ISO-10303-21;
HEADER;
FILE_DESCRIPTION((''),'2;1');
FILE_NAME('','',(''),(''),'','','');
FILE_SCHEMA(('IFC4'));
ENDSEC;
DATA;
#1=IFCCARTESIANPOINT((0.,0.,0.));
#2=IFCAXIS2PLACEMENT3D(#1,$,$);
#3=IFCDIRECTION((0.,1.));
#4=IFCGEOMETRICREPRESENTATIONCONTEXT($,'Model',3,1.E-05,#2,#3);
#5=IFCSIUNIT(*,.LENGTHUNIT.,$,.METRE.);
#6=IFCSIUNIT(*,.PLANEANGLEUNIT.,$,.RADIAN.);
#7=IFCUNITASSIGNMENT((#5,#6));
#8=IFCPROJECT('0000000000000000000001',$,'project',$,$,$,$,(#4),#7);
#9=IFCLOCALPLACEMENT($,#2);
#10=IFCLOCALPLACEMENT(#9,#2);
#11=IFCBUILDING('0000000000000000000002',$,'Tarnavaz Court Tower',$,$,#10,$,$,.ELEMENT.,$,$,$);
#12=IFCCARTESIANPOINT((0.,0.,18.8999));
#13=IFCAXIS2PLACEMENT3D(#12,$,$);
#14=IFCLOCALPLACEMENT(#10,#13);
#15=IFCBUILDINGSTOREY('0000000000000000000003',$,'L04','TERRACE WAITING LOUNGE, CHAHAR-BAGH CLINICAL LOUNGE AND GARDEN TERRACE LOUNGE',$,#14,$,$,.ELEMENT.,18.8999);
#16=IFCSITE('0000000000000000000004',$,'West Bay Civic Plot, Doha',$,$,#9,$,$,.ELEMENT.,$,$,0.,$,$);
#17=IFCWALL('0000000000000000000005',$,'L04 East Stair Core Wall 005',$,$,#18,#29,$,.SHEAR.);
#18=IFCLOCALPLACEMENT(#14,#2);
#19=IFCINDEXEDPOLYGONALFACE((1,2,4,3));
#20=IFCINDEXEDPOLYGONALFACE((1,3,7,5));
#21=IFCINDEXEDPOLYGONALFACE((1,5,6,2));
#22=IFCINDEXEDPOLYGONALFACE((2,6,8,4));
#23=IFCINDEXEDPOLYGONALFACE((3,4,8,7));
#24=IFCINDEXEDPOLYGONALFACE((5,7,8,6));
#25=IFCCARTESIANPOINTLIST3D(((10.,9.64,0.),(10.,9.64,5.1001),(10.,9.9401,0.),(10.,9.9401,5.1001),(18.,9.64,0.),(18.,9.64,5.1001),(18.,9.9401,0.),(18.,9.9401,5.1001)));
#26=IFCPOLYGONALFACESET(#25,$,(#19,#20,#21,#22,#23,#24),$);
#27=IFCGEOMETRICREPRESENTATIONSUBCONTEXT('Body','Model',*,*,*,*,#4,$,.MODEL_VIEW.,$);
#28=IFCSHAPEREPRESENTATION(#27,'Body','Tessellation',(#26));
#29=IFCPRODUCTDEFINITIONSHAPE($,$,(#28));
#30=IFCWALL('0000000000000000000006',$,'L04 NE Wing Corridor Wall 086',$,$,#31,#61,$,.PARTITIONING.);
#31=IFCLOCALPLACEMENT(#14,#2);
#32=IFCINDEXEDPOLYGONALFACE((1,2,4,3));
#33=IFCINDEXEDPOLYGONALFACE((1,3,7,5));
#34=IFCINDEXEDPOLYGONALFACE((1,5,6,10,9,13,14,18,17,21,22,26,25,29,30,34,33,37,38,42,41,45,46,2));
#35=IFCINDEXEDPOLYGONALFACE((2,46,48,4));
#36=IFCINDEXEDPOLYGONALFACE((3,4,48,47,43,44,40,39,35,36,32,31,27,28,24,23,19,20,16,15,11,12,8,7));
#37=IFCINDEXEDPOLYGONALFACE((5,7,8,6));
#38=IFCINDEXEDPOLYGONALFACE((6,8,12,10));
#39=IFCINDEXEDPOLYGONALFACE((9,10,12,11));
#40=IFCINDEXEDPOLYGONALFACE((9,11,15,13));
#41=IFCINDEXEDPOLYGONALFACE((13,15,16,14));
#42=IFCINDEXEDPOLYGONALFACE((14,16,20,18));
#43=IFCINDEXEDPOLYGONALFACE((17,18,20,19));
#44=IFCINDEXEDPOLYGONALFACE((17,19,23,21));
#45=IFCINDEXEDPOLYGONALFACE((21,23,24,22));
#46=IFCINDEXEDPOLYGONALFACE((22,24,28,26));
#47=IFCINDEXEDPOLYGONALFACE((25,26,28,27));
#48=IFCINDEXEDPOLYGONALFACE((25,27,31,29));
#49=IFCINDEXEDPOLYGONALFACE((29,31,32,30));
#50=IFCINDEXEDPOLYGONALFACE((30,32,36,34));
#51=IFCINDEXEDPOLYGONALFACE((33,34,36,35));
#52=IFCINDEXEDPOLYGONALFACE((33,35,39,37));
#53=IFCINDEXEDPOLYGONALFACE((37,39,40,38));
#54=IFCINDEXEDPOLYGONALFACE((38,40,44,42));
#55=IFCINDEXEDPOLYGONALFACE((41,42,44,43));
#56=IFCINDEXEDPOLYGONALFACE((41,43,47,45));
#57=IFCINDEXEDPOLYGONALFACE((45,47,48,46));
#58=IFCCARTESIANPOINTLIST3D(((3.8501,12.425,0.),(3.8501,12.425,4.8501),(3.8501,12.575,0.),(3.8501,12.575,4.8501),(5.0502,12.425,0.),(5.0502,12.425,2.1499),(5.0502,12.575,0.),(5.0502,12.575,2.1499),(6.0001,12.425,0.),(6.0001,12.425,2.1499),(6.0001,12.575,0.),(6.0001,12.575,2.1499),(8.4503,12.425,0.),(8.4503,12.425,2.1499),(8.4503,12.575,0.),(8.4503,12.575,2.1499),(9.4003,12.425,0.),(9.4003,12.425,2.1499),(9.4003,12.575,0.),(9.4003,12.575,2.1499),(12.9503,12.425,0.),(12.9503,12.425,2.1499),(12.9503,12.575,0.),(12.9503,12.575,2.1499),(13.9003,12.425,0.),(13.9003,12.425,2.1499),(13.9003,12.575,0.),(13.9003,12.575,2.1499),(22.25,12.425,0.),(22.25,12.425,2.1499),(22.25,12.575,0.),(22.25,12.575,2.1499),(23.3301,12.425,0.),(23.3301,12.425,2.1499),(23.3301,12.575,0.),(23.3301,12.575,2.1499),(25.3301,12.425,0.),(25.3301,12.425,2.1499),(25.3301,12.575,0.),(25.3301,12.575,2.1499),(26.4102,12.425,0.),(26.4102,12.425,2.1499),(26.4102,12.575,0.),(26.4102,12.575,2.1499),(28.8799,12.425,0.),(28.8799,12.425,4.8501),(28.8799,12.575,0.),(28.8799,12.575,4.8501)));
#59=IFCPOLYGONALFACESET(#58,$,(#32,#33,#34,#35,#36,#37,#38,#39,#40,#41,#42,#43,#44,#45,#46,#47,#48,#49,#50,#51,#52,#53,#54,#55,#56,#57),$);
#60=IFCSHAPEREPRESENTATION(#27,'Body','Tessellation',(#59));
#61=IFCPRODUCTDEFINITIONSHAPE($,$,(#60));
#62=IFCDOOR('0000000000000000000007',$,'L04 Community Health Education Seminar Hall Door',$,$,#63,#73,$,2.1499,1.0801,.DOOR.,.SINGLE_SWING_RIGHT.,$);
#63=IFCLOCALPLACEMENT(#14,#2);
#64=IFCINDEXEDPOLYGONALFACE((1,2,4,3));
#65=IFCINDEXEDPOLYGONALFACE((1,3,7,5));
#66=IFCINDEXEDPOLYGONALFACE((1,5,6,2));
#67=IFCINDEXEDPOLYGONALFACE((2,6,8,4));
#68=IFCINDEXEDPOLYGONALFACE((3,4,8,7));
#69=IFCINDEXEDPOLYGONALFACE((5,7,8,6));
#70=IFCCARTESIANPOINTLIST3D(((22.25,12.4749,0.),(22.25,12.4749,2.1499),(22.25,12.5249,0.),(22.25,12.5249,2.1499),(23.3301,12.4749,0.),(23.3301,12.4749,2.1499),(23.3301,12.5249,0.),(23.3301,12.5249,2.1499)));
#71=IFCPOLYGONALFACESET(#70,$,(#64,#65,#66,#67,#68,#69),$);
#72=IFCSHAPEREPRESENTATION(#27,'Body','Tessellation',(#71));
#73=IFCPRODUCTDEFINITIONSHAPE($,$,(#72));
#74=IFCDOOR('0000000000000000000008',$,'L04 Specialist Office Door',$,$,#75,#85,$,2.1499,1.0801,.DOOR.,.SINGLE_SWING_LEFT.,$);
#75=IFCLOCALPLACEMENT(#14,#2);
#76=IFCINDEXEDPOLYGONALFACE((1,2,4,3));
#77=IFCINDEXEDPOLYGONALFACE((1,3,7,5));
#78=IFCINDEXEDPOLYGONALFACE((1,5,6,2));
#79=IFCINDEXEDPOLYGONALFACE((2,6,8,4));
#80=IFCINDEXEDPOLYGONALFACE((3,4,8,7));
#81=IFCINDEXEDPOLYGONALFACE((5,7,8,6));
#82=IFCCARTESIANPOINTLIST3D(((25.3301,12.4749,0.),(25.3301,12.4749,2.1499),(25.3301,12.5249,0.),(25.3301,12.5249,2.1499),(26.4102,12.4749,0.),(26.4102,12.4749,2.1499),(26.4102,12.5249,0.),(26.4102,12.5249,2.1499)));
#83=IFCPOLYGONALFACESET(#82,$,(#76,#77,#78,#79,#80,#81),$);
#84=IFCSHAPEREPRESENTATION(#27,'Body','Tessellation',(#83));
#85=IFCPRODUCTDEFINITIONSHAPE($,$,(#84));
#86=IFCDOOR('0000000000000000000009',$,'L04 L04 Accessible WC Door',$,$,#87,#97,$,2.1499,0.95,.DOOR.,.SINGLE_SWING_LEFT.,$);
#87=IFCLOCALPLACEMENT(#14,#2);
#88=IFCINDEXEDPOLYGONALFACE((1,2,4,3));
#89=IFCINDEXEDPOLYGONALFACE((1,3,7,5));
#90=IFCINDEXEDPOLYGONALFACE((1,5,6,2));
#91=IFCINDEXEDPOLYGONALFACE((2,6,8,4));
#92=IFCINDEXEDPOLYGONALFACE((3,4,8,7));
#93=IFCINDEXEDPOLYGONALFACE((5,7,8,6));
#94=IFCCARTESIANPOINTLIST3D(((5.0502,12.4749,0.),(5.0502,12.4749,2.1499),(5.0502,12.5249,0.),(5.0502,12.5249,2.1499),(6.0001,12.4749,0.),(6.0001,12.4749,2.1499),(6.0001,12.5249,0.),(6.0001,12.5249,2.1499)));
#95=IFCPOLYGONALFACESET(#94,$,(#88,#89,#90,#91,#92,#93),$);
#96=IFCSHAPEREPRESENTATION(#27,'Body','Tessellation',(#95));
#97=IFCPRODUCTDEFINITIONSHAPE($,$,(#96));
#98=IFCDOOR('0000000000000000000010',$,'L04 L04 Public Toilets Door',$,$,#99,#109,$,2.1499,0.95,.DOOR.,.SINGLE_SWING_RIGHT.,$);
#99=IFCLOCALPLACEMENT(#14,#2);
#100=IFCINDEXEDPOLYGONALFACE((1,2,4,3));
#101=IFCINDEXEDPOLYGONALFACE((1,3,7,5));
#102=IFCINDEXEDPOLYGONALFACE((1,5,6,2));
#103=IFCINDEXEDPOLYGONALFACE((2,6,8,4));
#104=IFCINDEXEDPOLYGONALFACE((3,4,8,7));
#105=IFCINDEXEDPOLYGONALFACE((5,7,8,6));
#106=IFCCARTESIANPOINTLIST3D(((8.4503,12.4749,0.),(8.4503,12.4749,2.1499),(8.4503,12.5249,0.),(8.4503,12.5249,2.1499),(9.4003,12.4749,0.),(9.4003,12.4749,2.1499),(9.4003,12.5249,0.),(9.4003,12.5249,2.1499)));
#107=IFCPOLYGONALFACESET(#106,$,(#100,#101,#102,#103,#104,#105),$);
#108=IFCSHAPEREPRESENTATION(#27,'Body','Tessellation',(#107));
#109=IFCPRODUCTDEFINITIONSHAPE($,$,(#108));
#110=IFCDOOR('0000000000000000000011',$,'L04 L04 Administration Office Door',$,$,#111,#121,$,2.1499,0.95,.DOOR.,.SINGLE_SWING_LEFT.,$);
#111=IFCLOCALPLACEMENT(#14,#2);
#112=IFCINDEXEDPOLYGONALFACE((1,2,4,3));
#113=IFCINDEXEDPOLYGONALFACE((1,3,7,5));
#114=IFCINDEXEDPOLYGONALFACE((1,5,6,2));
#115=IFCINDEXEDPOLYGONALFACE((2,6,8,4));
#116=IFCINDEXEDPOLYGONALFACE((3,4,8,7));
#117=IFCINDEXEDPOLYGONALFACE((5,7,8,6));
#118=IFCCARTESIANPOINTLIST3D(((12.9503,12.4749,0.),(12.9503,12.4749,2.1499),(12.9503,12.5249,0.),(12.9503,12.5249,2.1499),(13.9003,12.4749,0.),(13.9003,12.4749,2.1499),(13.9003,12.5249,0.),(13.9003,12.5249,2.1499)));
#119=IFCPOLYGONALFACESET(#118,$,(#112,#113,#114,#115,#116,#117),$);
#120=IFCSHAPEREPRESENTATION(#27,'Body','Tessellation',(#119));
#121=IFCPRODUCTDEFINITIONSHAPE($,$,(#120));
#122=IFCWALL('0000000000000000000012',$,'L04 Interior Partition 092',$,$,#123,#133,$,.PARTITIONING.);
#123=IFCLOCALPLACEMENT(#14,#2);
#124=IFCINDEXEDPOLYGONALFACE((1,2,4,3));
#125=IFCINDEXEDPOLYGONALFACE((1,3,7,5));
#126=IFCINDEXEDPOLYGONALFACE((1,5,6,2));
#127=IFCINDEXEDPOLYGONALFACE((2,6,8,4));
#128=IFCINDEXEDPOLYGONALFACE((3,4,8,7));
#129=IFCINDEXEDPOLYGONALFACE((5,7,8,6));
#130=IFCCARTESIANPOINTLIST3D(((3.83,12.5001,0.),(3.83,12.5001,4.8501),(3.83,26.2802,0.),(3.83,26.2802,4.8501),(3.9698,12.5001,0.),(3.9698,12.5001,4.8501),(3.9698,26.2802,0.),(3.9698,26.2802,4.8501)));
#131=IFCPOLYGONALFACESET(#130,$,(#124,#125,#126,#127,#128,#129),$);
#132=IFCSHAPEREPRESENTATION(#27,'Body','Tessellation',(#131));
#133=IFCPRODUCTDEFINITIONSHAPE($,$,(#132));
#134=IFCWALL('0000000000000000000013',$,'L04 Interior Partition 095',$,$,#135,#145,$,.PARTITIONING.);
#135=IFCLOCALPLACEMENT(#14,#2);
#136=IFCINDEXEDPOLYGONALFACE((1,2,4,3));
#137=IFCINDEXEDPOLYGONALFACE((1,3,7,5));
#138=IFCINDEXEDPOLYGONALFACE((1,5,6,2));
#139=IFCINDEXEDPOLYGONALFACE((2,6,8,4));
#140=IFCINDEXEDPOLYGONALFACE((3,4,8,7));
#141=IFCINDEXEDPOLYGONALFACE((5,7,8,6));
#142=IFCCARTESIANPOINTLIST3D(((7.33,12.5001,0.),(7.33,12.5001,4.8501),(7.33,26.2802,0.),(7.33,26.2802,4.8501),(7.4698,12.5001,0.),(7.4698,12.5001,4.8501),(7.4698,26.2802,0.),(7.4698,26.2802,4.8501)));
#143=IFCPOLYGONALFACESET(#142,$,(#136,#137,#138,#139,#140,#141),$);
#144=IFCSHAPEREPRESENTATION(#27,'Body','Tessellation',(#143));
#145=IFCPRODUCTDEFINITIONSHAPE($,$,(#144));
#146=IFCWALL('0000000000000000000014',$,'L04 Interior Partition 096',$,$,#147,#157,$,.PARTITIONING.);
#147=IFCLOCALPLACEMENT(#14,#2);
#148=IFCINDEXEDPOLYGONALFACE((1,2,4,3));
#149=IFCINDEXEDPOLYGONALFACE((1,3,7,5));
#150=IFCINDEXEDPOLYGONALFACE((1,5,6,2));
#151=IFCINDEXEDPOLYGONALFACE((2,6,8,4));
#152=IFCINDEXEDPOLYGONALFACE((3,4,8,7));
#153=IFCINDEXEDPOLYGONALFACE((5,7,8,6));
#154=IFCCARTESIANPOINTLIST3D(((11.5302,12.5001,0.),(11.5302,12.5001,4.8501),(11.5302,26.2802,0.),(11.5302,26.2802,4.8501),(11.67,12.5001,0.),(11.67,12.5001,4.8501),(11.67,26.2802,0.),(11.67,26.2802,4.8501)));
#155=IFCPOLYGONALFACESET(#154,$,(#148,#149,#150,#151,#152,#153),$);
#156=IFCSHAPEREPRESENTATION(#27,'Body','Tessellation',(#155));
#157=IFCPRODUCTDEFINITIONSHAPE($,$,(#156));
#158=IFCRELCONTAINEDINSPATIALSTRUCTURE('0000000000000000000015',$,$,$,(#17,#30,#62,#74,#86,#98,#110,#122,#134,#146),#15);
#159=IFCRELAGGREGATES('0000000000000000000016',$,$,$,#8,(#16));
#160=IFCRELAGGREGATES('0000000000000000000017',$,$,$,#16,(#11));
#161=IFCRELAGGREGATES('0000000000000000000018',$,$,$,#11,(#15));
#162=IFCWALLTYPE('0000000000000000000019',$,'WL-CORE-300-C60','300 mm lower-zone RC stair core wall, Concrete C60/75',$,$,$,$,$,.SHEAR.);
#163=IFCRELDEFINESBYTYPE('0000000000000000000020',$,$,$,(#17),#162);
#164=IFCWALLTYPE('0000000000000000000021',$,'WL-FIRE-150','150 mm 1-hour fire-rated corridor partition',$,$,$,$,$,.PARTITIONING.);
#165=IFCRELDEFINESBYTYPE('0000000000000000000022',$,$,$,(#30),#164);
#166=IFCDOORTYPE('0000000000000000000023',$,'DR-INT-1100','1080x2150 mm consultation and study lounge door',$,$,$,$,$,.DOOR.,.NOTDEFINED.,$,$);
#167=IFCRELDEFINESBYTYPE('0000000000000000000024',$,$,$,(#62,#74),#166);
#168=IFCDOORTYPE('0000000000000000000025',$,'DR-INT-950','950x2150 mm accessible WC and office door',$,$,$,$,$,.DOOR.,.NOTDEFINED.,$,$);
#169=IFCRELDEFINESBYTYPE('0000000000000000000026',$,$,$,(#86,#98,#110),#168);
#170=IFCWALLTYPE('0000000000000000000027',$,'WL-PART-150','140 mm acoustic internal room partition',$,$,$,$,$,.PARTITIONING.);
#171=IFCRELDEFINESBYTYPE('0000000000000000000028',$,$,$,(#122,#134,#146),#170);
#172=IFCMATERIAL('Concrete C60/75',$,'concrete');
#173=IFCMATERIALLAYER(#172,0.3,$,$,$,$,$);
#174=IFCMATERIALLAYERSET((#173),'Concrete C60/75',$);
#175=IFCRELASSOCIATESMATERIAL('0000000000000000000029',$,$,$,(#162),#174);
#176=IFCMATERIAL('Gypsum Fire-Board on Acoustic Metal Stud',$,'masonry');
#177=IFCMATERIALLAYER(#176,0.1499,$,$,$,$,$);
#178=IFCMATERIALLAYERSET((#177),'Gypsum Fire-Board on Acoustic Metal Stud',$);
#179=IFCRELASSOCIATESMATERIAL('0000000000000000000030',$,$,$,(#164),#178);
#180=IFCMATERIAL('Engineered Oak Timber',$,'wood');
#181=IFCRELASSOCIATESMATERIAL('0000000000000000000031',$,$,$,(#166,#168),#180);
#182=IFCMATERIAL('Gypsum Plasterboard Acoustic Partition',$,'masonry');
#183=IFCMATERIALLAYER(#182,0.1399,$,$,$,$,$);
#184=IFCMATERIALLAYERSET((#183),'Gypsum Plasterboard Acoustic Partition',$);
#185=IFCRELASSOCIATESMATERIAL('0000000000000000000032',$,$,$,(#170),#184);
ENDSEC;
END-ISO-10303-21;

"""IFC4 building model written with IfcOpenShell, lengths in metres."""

from ifc_helpers import new_model, si_unit, direction, frame, frame_2d, origin, place, context, subcontext, project, spatial, rectangle, extrude, material, layer, layer_set, type_object, element, fill, save


model = new_model("IFC4")

# Units and contexts
model_context = context("Model", 3, precision=1e-05, world=origin(), true_north=direction((0.0, 1.0)))
body_context = subcontext(model_context, "Body", "Model", "MODEL_VIEW")
ifc_project = project(units=[si_unit("LENGTHUNIT", "METRE"), si_unit("PLANEANGLEUNIT", "RADIAN")], contexts=[model_context])

# Site, building, storey
site_placement = place(None, origin())
site = spatial("IfcSite", under=ifc_project, at=site_placement, Name="West Bay Civic Plot, Doha", CompositionType="ELEMENT", RefElevation=0.0)
building_placement = place(site_placement, origin())
building = spatial("IfcBuilding", under=site, at=building_placement, Name="Tarnavaz Court Tower", CompositionType="ELEMENT")
storey_placement = place(building_placement, frame((0.0, 0.0, 18.8999)))
storey = spatial("IfcBuildingStorey", under=building, at=storey_placement, Name="L04", Description="TERRACE WAITING LOUNGE, CHAHAR-BAGH CLINICAL LOUNGE AND GARDEN TERRACE LOUNGE", CompositionType="ELEMENT", Elevation=18.8999)

# Shared definitions
ifc_material_1 = material(Name="Concrete C60/75", Category="concrete")

# Wall
ifc_layer_1 = layer(ifc_material_1, 0.3)
ifc_layer_set_1 = layer_set([ifc_layer_1], Name="Concrete C60/75")
wall_type_1 = type_object("IfcWallType", Name="WL-CORE-300-C60", Description="300 mm lower-zone RC stair core wall, Concrete C60/75", PredefinedType="SHEAR", material=ifc_layer_set_1)
wall_1_placement = place(storey_placement, frame((10.0, 9.79, 0.0), z_axis=(0.0, 0.0, 1.0), x_axis=(1.0, 0.0, 0.0)))
element("IfcWall", 1, at=wall_1_placement, inside=storey, type_object=wall_type_1, Name="L04 East Stair Core Wall 005", PredefinedType="SHEAR", context=body_context, shape_type="SweptSolid", body=[
    extrude(rectangle(XDim=8.0, YDim=0.3, at=frame_2d((4.0, 0.0))), origin(), (0.0, 0.0, 1.0), 5.1001),
])

# Wall, openings, doors
ifc_material_2 = material(Name="Gypsum Fire-Board on Acoustic Metal Stud", Category="masonry")
ifc_layer_2 = layer(ifc_material_2, 0.1499)
ifc_layer_set_2 = layer_set([ifc_layer_2], Name="Gypsum Fire-Board on Acoustic Metal Stud")
wall_type_2 = type_object("IfcWallType", Name="WL-FIRE-150", Description="150 mm 1-hour fire-rated corridor partition", PredefinedType="PARTITIONING", material=ifc_layer_set_2)
wall_2_placement = place(storey_placement, frame((3.8501, 12.5, 0.0), z_axis=(0.0, 0.0, 1.0), x_axis=(1.0, 0.0, 0.0)))
wall_2 = element("IfcWall", 2, at=wall_2_placement, inside=storey, type_object=wall_type_2, Name="L04 NE Wing Corridor Wall 086", PredefinedType="PARTITIONING", context=body_context, shape_type="SweptSolid", body=[
    extrude(rectangle(XDim=25.0298, YDim=0.1499, at=frame_2d((12.5149, 0.0))), origin(), (0.0, 0.0, 1.0), 4.8501),
])
opening_1_placement = place(wall_2_placement, frame((1.2, 0.0, 0.0)))
opening_1 = element("IfcOpeningElement", 3, at=opening_1_placement, cuts=wall_2, PredefinedType="OPENING", context=body_context, shape_type="SweptSolid", body=[
    extrude(rectangle(XDim=0.95, YDim=2.1499, at=frame_2d((0.4751, 1.075))), frame((0.0, 0.085, 0.0), z_axis=(0.0, -1.0, 0.0), x_axis=(1.0, 0.0, 0.0)), (0.0, 0.0, 1.0), 0.1699),
])
opening_2_placement = place(wall_2_placement, frame((4.6001, 0.0, 0.0)))
opening_2 = element("IfcOpeningElement", 4, at=opening_2_placement, cuts=wall_2, PredefinedType="OPENING", context=body_context, shape_type="SweptSolid", body=[
    extrude(rectangle(XDim=0.95, YDim=2.1499, at=frame_2d((0.4751, 1.075))), frame((0.0, 0.085, 0.0), z_axis=(0.0, -1.0, 0.0), x_axis=(1.0, 0.0, 0.0)), (0.0, 0.0, 1.0), 0.1699),
])
opening_3_placement = place(wall_2_placement, frame((9.1001, 0.0, 0.0)))
opening_3 = element("IfcOpeningElement", 5, at=opening_3_placement, cuts=wall_2, PredefinedType="OPENING", context=body_context, shape_type="SweptSolid", body=[
    extrude(rectangle(XDim=0.95, YDim=2.1499, at=frame_2d((0.4751, 1.075))), frame((0.0, 0.085, 0.0), z_axis=(0.0, -1.0, 0.0), x_axis=(1.0, 0.0, 0.0)), (0.0, 0.0, 1.0), 0.1699),
])
opening_4_placement = place(wall_2_placement, frame((18.3999, 0.0, 0.0)))
opening_4 = element("IfcOpeningElement", 6, at=opening_4_placement, cuts=wall_2, PredefinedType="OPENING", context=body_context, shape_type="SweptSolid", body=[
    extrude(rectangle(XDim=1.0801, YDim=2.1499, at=frame_2d((0.54, 1.075))), frame((0.0, 0.085, 0.0), z_axis=(0.0, -1.0, 0.0), x_axis=(1.0, 0.0, 0.0)), (0.0, 0.0, 1.0), 0.1699),
])
opening_5_placement = place(wall_2_placement, frame((21.48, 0.0, 0.0)))
opening_5 = element("IfcOpeningElement", 7, at=opening_5_placement, cuts=wall_2, PredefinedType="OPENING", context=body_context, shape_type="SweptSolid", body=[
    extrude(rectangle(XDim=1.0801, YDim=2.1499, at=frame_2d((0.54, 1.075))), frame((0.0, 0.085, 0.0), z_axis=(0.0, -1.0, 0.0), x_axis=(1.0, 0.0, 0.0)), (0.0, 0.0, 1.0), 0.1699),
])
ifc_material_3 = material(Name="Engineered Oak Timber", Category="wood")
door_type_1 = type_object("IfcDoorType", Name="DR-INT-1100", Description="1080x2150 mm consultation and study lounge door", OperationType="NOTDEFINED", PredefinedType="DOOR", material=ifc_material_3)
door_1_placement = place(opening_4_placement, origin())
door_1 = element("IfcDoor", 8, at=door_1_placement, inside=storey, type_object=door_type_1, Name="L04 Community Health Education Seminar Hall Door", OperationType="SINGLE_SWING_RIGHT", OverallHeight=2.1499, OverallWidth=1.0801, PredefinedType="DOOR", context=body_context, shape_type="SweptSolid", body=[
    extrude(rectangle(XDim=1.0801, YDim=2.1499, at=frame_2d((0.54, 1.075))), frame((0.0, 0.0249, 0.0), z_axis=(0.0, -1.0, 0.0), x_axis=(1.0, 0.0, 0.0)), (0.0, 0.0, 1.0), 0.05),
])
fill(opening_4, door_1)
door_2_placement = place(opening_5_placement, origin())
door_2 = element("IfcDoor", 9, at=door_2_placement, inside=storey, type_object=door_type_1, Name="L04 Specialist Office Door", OperationType="SINGLE_SWING_LEFT", OverallHeight=2.1499, OverallWidth=1.0801, PredefinedType="DOOR", context=body_context, shape_type="SweptSolid", body=[
    extrude(rectangle(XDim=1.0801, YDim=2.1499, at=frame_2d((0.54, 1.075))), frame((0.0, 0.0249, 0.0), z_axis=(0.0, -1.0, 0.0), x_axis=(1.0, 0.0, 0.0)), (0.0, 0.0, 1.0), 0.05),
])
fill(opening_5, door_2)
door_type_2 = type_object("IfcDoorType", Name="DR-INT-950", Description="950x2150 mm accessible WC and office door", OperationType="NOTDEFINED", PredefinedType="DOOR", material=ifc_material_3)
door_3_placement = place(opening_1_placement, origin())
door_3 = element("IfcDoor", 10, at=door_3_placement, inside=storey, type_object=door_type_2, Name="L04 L04 Accessible WC Door", OperationType="SINGLE_SWING_LEFT", OverallHeight=2.1499, OverallWidth=0.95, PredefinedType="DOOR", context=body_context, shape_type="SweptSolid", body=[
    extrude(rectangle(XDim=0.95, YDim=2.1499, at=frame_2d((0.4751, 1.075))), frame((0.0, 0.0249, 0.0), z_axis=(0.0, -1.0, 0.0), x_axis=(1.0, 0.0, 0.0)), (0.0, 0.0, 1.0), 0.05),
])
fill(opening_1, door_3)
door_4_placement = place(opening_2_placement, origin())
door_4 = element("IfcDoor", 11, at=door_4_placement, inside=storey, type_object=door_type_2, Name="L04 L04 Public Toilets Door", OperationType="SINGLE_SWING_RIGHT", OverallHeight=2.1499, OverallWidth=0.95, PredefinedType="DOOR", context=body_context, shape_type="SweptSolid", body=[
    extrude(rectangle(XDim=0.95, YDim=2.1499, at=frame_2d((0.4751, 1.075))), frame((0.0, 0.0249, 0.0), z_axis=(0.0, -1.0, 0.0), x_axis=(1.0, 0.0, 0.0)), (0.0, 0.0, 1.0), 0.05),
])
fill(opening_2, door_4)
door_5_placement = place(opening_3_placement, origin())
door_5 = element("IfcDoor", 12, at=door_5_placement, inside=storey, type_object=door_type_2, Name="L04 L04 Administration Office Door", OperationType="SINGLE_SWING_LEFT", OverallHeight=2.1499, OverallWidth=0.95, PredefinedType="DOOR", context=body_context, shape_type="SweptSolid", body=[
    extrude(rectangle(XDim=0.95, YDim=2.1499, at=frame_2d((0.4751, 1.075))), frame((0.0, 0.0249, 0.0), z_axis=(0.0, -1.0, 0.0), x_axis=(1.0, 0.0, 0.0)), (0.0, 0.0, 1.0), 0.05),
])
fill(opening_3, door_5)

# Walls
ifc_material_4 = material(Name="Gypsum Plasterboard Acoustic Partition", Category="masonry")
ifc_layer_3 = layer(ifc_material_4, 0.1399)
ifc_layer_set_3 = layer_set([ifc_layer_3], Name="Gypsum Plasterboard Acoustic Partition")
wall_type_3 = type_object("IfcWallType", Name="WL-PART-150", Description="140 mm acoustic internal room partition", PredefinedType="PARTITIONING", material=ifc_layer_set_3)
for number, where, z_axis, x_axis, name in (
    (13, (3.8999, 12.5, 0.0), (0.0, 0.0, 1.0), (0.0, 1.0, 0.0), "L04 Interior Partition 092"),
    (14, (7.3999, 12.5, 0.0), (0.0, 0.0, 1.0), (0.0, 1.0, 0.0), "L04 Interior Partition 095"),
    (15, (11.6001, 12.5, 0.0), (0.0, 0.0, 1.0), (0.0, 1.0, 0.0), "L04 Interior Partition 096"),
):
    element("IfcWall", number, at=place(storey_placement, frame(where, z_axis=z_axis, x_axis=x_axis)), inside=storey, type_object=wall_type_3, Name=name, PredefinedType="PARTITIONING", context=body_context, shape_type="SweptSolid", body=[
        extrude(rectangle(XDim=13.78, YDim=0.1399, at=frame_2d((6.8901, 0.0))), origin(), (0.0, 0.0, 1.0), 4.8501),
    ])

save(model, "model.ifc")
